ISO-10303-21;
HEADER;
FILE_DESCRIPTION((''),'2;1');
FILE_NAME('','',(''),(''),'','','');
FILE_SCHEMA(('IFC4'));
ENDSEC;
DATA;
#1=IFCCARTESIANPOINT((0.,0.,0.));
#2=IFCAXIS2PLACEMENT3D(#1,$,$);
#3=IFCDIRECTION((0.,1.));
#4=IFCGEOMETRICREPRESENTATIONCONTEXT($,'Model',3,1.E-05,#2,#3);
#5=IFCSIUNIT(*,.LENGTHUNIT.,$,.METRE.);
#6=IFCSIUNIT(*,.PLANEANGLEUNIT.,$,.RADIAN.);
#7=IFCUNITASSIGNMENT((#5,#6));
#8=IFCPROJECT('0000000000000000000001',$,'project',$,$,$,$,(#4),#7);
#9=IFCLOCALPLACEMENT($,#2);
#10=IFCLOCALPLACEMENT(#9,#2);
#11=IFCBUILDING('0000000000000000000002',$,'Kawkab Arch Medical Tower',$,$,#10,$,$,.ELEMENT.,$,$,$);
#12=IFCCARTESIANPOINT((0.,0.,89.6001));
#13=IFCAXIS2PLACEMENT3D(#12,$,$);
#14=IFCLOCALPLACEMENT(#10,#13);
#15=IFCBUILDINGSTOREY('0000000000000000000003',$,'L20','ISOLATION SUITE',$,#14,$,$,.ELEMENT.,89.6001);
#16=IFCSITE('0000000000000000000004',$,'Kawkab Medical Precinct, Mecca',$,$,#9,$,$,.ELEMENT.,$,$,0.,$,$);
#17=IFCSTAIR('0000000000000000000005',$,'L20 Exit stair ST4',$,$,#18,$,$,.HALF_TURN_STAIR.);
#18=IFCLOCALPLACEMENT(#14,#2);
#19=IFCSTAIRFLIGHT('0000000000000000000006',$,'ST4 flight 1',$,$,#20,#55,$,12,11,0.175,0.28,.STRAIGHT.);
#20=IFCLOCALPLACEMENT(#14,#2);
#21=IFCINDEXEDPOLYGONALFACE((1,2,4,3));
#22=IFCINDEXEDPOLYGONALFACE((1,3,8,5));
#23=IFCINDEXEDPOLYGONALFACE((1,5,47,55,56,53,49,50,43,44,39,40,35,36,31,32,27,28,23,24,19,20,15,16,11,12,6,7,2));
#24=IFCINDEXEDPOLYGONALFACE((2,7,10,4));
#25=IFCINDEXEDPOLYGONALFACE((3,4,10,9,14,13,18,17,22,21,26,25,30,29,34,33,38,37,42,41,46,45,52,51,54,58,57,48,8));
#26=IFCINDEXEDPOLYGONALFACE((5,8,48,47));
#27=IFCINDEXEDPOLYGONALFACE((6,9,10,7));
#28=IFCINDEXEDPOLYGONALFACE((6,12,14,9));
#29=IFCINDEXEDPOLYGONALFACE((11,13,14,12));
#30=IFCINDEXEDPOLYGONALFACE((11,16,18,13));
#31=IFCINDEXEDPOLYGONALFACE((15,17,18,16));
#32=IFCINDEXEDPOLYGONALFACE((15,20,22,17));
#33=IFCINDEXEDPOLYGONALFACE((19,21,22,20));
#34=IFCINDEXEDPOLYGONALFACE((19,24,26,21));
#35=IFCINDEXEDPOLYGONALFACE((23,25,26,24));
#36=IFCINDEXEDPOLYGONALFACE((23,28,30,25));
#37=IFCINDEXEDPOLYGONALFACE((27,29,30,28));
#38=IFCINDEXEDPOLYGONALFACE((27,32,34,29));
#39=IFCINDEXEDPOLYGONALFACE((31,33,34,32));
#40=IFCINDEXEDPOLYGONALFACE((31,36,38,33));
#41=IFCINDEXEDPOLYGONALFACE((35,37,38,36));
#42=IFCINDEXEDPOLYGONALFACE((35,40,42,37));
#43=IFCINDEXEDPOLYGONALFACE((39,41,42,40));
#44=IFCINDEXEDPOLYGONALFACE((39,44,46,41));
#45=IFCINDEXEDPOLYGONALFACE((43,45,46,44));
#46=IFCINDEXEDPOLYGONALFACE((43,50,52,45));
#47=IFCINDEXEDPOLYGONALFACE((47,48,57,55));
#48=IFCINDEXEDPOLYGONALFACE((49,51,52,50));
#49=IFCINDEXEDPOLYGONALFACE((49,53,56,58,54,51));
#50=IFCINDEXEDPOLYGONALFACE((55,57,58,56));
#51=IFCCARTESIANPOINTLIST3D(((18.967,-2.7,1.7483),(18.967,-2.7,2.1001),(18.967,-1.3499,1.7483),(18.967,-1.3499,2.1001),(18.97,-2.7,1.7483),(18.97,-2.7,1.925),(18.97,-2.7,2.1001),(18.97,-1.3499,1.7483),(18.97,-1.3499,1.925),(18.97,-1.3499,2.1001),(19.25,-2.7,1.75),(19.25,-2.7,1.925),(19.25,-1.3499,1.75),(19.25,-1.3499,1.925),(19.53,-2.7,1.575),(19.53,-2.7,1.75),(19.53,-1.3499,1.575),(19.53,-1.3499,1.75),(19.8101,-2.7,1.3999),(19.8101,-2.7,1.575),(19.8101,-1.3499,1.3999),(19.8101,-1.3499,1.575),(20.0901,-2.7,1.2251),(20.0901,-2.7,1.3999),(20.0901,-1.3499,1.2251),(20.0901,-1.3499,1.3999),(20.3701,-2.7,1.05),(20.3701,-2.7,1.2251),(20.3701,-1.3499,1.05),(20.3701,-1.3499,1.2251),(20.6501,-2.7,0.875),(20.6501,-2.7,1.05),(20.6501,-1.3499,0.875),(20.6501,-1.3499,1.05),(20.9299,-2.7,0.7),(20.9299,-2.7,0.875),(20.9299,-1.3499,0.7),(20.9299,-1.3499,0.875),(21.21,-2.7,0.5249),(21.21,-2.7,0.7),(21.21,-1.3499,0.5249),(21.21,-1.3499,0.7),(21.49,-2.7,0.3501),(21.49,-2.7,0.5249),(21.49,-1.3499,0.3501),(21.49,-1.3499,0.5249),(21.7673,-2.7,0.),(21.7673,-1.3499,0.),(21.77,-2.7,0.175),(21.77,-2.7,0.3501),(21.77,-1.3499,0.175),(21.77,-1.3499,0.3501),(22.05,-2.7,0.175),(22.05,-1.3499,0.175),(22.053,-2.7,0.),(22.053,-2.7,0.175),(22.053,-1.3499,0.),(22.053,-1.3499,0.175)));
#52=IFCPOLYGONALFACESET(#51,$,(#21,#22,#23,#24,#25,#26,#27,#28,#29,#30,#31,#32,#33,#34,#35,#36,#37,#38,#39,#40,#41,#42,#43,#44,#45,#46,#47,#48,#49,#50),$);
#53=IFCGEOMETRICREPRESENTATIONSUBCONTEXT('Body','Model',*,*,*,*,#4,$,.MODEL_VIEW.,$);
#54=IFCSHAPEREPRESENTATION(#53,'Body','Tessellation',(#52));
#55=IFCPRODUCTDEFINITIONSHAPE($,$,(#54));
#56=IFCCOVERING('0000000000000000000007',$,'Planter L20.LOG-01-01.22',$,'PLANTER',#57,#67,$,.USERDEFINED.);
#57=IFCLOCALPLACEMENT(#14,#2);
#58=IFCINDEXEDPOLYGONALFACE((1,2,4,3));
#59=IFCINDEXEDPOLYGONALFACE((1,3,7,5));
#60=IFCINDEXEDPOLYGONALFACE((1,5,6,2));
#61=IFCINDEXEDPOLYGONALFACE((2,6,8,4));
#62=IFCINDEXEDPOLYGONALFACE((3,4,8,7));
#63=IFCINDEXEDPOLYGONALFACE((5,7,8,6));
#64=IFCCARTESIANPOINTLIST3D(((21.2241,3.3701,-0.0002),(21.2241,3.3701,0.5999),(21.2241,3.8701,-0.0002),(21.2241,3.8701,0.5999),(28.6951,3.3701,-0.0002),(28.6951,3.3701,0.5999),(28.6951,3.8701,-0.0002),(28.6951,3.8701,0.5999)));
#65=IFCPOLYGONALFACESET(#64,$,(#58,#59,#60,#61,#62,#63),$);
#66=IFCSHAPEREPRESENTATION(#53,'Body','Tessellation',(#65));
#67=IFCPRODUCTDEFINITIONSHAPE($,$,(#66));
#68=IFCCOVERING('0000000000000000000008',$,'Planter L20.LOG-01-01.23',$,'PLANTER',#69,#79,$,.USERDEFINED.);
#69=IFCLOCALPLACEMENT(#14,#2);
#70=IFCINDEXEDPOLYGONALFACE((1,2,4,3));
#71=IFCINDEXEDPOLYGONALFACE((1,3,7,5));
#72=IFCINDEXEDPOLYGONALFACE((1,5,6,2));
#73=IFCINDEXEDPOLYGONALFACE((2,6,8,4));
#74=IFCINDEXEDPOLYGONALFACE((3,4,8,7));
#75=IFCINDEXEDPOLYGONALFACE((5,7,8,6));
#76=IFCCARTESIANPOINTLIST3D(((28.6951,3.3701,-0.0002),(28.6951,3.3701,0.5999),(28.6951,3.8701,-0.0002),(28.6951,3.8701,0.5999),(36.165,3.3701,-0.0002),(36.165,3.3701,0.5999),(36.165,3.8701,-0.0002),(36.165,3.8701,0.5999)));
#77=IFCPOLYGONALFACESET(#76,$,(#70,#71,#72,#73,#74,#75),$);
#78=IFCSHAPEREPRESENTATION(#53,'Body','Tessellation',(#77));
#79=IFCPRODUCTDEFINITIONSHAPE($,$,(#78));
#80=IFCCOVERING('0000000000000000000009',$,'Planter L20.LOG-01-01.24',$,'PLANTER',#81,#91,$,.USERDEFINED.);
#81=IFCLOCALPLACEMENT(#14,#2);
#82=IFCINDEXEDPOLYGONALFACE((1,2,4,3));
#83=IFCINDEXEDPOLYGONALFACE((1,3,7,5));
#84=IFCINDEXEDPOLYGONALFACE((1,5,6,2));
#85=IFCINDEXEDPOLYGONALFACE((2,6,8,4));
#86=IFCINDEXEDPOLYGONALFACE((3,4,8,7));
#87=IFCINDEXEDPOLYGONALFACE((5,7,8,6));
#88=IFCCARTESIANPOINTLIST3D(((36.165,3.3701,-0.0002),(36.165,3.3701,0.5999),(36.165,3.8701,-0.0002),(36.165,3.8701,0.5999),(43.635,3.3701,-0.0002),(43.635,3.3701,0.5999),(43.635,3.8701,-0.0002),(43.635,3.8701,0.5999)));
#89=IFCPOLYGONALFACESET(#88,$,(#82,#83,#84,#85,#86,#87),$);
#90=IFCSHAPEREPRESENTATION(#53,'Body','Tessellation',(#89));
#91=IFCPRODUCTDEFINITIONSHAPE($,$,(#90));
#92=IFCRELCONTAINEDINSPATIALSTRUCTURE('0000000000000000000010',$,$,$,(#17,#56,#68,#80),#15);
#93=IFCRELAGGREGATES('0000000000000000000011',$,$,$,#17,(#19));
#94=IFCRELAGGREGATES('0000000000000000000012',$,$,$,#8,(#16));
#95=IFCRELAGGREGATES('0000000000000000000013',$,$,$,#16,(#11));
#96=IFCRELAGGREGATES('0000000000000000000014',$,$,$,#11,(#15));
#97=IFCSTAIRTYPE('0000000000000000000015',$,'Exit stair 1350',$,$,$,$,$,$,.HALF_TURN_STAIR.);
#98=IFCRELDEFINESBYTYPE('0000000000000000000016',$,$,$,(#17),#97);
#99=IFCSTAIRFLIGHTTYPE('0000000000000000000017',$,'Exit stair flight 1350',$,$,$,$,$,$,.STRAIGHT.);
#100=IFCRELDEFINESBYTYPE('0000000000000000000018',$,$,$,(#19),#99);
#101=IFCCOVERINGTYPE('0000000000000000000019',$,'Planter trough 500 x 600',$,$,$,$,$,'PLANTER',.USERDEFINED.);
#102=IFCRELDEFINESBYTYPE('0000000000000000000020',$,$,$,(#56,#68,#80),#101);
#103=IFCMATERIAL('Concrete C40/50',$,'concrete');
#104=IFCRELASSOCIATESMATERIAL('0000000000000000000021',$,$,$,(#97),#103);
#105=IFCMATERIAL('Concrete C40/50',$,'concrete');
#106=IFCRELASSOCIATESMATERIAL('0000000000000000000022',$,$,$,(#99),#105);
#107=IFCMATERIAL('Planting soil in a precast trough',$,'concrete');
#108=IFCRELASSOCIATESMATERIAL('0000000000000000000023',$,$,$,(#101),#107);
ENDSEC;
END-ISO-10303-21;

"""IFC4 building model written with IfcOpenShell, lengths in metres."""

from ifc_helpers import new_model, si_unit, direction, frame, origin, origin_2d, place, context, subcontext, project, spatial, polyline, rectangle, outline, extrude, material, material_profile, profile_set, type_object, element, aggregate, save


model = new_model("IFC4")

# Units and contexts
model_context = context("Model", 3, precision=1e-05, world=origin(), true_north=direction((0.0, 1.0)))
body_context = subcontext(model_context, "Body", "Model", "MODEL_VIEW")
ifc_project = project(units=[si_unit("LENGTHUNIT", "METRE"), si_unit("PLANEANGLEUNIT", "RADIAN")], contexts=[model_context])

# Site, building, storey
site_placement = place(None, origin())
site = spatial("IfcSite", under=ifc_project, at=site_placement, Name="Kawkab Medical Precinct, Mecca", CompositionType="ELEMENT", RefElevation=0.0)
building_placement = place(site_placement, origin())
building = spatial("IfcBuilding", under=site, at=building_placement, Name="Kawkab Arch Medical Tower", CompositionType="ELEMENT")
storey_placement = place(building_placement, frame((0.0, 0.0, 89.6001)))
storey = spatial("IfcBuildingStorey", under=building, at=storey_placement, Name="L20", Description="ISOLATION SUITE", CompositionType="ELEMENT", Elevation=89.6001)

# Shared definitions
placement = place(storey_placement, origin())

# Stair, stair flight
ifc_material_1 = material(Name="Concrete C40/50", Category="concrete")
stair_type = type_object("IfcStairType", Name="Exit stair 1350", PredefinedType="HALF_TURN_STAIR", material=ifc_material_1)
stair = element("IfcStair", 1, at=placement, inside=storey, type_object=stair_type, Name="L20 Exit stair ST4", PredefinedType="HALF_TURN_STAIR")
ifc_material_2 = material(Name="Concrete C40/50", Category="concrete")
stair_flight_type = type_object("IfcStairFlightType", Name="Exit stair flight 1350", PredefinedType="STRAIGHT", material=ifc_material_2)
stair_flight_placement = place(storey_placement, frame((22.05, -2.0249, 0.0), z_axis=(0.0, 0.0, 1.0), x_axis=(-1.0, 0.0, 0.0)))
stair_flight = element("IfcStairFlight", 2, at=stair_flight_placement, type_object=stair_flight_type, Name="ST4 flight 1", NumberOfRisers=12, NumberOfTreads=11, PredefinedType="STRAIGHT", RiserHeight=0.175, TreadLength=0.28, context=body_context, shape_type="SweptSolid", body=[
    extrude(outline(polyline([(-0.0029, 0.0), (-0.0029, 0.175), (0.0, 0.175), (0.28, 0.175), (0.28, 0.3501), (0.5601, 0.3501), (0.5601, 0.5249), (0.8401, 0.5249), (0.8401, 0.7), (1.1201, 0.7), (1.1201, 0.875), (1.3999, 0.875), (1.3999, 1.05), (1.6799, 1.05), (1.6799, 1.2251), (1.96, 1.2251), (1.96, 1.3999), (2.24, 1.3999), (2.24, 1.575), (2.52, 1.575), (2.52, 1.75), (2.8, 1.75), (2.8, 1.925), (3.0801, 1.925), (3.0801, 2.1001), (3.083, 2.1001), (3.083, 1.7483), (3.0801, 1.7483), (0.2827, 0.0), (-0.0029, 0.0)])), frame((0.0, 0.675, 0.0), z_axis=(0.0, -1.0, 0.0), x_axis=(1.0, 0.0, 0.0)), (0.0, 0.0, 1.0), 1.3501),
])
aggregate(stair, [stair_flight])

# Coverings
ifc_material_3 = material(Name="Planting soil in a precast trough", Category="concrete")
ifc_material_profile_1 = material_profile(ifc_material_3, rectangle(XDim=0.5, YDim=0.6001, at=origin_2d()), Name="Trough 500x600")
ifc_profile_set_1 = profile_set([ifc_material_profile_1], Name="Planting soil in a precast trough")
covering_type = type_object("IfcCoveringType", Name="Planter trough 500 x 600", ElementType="PLANTER", PredefinedType="USERDEFINED", material=ifc_profile_set_1)
covering_placement = place(storey_placement, frame((21.2241, 3.6201, 0.2998), z_axis=(1.0, 0.0, 0.0), x_axis=(0.0, 1.0, 0.0)))
element("IfcCovering", 3, at=covering_placement, inside=storey, type_object=covering_type, Name="Planter L20.LOG-01-01.22", ObjectType="PLANTER", PredefinedType="USERDEFINED", context=body_context, shape_type="SweptSolid", body=[
    extrude(rectangle(XDim=0.5, YDim=0.6001, at=origin_2d()), origin(), (0.0, 0.0, 1.0), 7.4709),
])
for number, where, z_axis, x_axis, name in (
    (4, (28.6951, 3.6201, 0.2998), (1.0, 0.0, 0.0), (0.0, 1.0, 0.0), "Planter L20.LOG-01-01.23"),
    (5, (36.165, 3.6201, 0.2998), (1.0, 0.0, 0.0), (0.0, 1.0, 0.0), "Planter L20.LOG-01-01.24"),
):
    element("IfcCovering", number, at=place(storey_placement, frame(where, z_axis=z_axis, x_axis=x_axis)), inside=storey, type_object=covering_type, Name=name, ObjectType="PLANTER", PredefinedType="USERDEFINED", context=body_context, shape_type="SweptSolid", body=[
        extrude(rectangle(XDim=0.5, YDim=0.6001, at=origin_2d()), origin(), (0.0, 0.0, 1.0), 7.47),
    ])

save(model, "model.ifc")
